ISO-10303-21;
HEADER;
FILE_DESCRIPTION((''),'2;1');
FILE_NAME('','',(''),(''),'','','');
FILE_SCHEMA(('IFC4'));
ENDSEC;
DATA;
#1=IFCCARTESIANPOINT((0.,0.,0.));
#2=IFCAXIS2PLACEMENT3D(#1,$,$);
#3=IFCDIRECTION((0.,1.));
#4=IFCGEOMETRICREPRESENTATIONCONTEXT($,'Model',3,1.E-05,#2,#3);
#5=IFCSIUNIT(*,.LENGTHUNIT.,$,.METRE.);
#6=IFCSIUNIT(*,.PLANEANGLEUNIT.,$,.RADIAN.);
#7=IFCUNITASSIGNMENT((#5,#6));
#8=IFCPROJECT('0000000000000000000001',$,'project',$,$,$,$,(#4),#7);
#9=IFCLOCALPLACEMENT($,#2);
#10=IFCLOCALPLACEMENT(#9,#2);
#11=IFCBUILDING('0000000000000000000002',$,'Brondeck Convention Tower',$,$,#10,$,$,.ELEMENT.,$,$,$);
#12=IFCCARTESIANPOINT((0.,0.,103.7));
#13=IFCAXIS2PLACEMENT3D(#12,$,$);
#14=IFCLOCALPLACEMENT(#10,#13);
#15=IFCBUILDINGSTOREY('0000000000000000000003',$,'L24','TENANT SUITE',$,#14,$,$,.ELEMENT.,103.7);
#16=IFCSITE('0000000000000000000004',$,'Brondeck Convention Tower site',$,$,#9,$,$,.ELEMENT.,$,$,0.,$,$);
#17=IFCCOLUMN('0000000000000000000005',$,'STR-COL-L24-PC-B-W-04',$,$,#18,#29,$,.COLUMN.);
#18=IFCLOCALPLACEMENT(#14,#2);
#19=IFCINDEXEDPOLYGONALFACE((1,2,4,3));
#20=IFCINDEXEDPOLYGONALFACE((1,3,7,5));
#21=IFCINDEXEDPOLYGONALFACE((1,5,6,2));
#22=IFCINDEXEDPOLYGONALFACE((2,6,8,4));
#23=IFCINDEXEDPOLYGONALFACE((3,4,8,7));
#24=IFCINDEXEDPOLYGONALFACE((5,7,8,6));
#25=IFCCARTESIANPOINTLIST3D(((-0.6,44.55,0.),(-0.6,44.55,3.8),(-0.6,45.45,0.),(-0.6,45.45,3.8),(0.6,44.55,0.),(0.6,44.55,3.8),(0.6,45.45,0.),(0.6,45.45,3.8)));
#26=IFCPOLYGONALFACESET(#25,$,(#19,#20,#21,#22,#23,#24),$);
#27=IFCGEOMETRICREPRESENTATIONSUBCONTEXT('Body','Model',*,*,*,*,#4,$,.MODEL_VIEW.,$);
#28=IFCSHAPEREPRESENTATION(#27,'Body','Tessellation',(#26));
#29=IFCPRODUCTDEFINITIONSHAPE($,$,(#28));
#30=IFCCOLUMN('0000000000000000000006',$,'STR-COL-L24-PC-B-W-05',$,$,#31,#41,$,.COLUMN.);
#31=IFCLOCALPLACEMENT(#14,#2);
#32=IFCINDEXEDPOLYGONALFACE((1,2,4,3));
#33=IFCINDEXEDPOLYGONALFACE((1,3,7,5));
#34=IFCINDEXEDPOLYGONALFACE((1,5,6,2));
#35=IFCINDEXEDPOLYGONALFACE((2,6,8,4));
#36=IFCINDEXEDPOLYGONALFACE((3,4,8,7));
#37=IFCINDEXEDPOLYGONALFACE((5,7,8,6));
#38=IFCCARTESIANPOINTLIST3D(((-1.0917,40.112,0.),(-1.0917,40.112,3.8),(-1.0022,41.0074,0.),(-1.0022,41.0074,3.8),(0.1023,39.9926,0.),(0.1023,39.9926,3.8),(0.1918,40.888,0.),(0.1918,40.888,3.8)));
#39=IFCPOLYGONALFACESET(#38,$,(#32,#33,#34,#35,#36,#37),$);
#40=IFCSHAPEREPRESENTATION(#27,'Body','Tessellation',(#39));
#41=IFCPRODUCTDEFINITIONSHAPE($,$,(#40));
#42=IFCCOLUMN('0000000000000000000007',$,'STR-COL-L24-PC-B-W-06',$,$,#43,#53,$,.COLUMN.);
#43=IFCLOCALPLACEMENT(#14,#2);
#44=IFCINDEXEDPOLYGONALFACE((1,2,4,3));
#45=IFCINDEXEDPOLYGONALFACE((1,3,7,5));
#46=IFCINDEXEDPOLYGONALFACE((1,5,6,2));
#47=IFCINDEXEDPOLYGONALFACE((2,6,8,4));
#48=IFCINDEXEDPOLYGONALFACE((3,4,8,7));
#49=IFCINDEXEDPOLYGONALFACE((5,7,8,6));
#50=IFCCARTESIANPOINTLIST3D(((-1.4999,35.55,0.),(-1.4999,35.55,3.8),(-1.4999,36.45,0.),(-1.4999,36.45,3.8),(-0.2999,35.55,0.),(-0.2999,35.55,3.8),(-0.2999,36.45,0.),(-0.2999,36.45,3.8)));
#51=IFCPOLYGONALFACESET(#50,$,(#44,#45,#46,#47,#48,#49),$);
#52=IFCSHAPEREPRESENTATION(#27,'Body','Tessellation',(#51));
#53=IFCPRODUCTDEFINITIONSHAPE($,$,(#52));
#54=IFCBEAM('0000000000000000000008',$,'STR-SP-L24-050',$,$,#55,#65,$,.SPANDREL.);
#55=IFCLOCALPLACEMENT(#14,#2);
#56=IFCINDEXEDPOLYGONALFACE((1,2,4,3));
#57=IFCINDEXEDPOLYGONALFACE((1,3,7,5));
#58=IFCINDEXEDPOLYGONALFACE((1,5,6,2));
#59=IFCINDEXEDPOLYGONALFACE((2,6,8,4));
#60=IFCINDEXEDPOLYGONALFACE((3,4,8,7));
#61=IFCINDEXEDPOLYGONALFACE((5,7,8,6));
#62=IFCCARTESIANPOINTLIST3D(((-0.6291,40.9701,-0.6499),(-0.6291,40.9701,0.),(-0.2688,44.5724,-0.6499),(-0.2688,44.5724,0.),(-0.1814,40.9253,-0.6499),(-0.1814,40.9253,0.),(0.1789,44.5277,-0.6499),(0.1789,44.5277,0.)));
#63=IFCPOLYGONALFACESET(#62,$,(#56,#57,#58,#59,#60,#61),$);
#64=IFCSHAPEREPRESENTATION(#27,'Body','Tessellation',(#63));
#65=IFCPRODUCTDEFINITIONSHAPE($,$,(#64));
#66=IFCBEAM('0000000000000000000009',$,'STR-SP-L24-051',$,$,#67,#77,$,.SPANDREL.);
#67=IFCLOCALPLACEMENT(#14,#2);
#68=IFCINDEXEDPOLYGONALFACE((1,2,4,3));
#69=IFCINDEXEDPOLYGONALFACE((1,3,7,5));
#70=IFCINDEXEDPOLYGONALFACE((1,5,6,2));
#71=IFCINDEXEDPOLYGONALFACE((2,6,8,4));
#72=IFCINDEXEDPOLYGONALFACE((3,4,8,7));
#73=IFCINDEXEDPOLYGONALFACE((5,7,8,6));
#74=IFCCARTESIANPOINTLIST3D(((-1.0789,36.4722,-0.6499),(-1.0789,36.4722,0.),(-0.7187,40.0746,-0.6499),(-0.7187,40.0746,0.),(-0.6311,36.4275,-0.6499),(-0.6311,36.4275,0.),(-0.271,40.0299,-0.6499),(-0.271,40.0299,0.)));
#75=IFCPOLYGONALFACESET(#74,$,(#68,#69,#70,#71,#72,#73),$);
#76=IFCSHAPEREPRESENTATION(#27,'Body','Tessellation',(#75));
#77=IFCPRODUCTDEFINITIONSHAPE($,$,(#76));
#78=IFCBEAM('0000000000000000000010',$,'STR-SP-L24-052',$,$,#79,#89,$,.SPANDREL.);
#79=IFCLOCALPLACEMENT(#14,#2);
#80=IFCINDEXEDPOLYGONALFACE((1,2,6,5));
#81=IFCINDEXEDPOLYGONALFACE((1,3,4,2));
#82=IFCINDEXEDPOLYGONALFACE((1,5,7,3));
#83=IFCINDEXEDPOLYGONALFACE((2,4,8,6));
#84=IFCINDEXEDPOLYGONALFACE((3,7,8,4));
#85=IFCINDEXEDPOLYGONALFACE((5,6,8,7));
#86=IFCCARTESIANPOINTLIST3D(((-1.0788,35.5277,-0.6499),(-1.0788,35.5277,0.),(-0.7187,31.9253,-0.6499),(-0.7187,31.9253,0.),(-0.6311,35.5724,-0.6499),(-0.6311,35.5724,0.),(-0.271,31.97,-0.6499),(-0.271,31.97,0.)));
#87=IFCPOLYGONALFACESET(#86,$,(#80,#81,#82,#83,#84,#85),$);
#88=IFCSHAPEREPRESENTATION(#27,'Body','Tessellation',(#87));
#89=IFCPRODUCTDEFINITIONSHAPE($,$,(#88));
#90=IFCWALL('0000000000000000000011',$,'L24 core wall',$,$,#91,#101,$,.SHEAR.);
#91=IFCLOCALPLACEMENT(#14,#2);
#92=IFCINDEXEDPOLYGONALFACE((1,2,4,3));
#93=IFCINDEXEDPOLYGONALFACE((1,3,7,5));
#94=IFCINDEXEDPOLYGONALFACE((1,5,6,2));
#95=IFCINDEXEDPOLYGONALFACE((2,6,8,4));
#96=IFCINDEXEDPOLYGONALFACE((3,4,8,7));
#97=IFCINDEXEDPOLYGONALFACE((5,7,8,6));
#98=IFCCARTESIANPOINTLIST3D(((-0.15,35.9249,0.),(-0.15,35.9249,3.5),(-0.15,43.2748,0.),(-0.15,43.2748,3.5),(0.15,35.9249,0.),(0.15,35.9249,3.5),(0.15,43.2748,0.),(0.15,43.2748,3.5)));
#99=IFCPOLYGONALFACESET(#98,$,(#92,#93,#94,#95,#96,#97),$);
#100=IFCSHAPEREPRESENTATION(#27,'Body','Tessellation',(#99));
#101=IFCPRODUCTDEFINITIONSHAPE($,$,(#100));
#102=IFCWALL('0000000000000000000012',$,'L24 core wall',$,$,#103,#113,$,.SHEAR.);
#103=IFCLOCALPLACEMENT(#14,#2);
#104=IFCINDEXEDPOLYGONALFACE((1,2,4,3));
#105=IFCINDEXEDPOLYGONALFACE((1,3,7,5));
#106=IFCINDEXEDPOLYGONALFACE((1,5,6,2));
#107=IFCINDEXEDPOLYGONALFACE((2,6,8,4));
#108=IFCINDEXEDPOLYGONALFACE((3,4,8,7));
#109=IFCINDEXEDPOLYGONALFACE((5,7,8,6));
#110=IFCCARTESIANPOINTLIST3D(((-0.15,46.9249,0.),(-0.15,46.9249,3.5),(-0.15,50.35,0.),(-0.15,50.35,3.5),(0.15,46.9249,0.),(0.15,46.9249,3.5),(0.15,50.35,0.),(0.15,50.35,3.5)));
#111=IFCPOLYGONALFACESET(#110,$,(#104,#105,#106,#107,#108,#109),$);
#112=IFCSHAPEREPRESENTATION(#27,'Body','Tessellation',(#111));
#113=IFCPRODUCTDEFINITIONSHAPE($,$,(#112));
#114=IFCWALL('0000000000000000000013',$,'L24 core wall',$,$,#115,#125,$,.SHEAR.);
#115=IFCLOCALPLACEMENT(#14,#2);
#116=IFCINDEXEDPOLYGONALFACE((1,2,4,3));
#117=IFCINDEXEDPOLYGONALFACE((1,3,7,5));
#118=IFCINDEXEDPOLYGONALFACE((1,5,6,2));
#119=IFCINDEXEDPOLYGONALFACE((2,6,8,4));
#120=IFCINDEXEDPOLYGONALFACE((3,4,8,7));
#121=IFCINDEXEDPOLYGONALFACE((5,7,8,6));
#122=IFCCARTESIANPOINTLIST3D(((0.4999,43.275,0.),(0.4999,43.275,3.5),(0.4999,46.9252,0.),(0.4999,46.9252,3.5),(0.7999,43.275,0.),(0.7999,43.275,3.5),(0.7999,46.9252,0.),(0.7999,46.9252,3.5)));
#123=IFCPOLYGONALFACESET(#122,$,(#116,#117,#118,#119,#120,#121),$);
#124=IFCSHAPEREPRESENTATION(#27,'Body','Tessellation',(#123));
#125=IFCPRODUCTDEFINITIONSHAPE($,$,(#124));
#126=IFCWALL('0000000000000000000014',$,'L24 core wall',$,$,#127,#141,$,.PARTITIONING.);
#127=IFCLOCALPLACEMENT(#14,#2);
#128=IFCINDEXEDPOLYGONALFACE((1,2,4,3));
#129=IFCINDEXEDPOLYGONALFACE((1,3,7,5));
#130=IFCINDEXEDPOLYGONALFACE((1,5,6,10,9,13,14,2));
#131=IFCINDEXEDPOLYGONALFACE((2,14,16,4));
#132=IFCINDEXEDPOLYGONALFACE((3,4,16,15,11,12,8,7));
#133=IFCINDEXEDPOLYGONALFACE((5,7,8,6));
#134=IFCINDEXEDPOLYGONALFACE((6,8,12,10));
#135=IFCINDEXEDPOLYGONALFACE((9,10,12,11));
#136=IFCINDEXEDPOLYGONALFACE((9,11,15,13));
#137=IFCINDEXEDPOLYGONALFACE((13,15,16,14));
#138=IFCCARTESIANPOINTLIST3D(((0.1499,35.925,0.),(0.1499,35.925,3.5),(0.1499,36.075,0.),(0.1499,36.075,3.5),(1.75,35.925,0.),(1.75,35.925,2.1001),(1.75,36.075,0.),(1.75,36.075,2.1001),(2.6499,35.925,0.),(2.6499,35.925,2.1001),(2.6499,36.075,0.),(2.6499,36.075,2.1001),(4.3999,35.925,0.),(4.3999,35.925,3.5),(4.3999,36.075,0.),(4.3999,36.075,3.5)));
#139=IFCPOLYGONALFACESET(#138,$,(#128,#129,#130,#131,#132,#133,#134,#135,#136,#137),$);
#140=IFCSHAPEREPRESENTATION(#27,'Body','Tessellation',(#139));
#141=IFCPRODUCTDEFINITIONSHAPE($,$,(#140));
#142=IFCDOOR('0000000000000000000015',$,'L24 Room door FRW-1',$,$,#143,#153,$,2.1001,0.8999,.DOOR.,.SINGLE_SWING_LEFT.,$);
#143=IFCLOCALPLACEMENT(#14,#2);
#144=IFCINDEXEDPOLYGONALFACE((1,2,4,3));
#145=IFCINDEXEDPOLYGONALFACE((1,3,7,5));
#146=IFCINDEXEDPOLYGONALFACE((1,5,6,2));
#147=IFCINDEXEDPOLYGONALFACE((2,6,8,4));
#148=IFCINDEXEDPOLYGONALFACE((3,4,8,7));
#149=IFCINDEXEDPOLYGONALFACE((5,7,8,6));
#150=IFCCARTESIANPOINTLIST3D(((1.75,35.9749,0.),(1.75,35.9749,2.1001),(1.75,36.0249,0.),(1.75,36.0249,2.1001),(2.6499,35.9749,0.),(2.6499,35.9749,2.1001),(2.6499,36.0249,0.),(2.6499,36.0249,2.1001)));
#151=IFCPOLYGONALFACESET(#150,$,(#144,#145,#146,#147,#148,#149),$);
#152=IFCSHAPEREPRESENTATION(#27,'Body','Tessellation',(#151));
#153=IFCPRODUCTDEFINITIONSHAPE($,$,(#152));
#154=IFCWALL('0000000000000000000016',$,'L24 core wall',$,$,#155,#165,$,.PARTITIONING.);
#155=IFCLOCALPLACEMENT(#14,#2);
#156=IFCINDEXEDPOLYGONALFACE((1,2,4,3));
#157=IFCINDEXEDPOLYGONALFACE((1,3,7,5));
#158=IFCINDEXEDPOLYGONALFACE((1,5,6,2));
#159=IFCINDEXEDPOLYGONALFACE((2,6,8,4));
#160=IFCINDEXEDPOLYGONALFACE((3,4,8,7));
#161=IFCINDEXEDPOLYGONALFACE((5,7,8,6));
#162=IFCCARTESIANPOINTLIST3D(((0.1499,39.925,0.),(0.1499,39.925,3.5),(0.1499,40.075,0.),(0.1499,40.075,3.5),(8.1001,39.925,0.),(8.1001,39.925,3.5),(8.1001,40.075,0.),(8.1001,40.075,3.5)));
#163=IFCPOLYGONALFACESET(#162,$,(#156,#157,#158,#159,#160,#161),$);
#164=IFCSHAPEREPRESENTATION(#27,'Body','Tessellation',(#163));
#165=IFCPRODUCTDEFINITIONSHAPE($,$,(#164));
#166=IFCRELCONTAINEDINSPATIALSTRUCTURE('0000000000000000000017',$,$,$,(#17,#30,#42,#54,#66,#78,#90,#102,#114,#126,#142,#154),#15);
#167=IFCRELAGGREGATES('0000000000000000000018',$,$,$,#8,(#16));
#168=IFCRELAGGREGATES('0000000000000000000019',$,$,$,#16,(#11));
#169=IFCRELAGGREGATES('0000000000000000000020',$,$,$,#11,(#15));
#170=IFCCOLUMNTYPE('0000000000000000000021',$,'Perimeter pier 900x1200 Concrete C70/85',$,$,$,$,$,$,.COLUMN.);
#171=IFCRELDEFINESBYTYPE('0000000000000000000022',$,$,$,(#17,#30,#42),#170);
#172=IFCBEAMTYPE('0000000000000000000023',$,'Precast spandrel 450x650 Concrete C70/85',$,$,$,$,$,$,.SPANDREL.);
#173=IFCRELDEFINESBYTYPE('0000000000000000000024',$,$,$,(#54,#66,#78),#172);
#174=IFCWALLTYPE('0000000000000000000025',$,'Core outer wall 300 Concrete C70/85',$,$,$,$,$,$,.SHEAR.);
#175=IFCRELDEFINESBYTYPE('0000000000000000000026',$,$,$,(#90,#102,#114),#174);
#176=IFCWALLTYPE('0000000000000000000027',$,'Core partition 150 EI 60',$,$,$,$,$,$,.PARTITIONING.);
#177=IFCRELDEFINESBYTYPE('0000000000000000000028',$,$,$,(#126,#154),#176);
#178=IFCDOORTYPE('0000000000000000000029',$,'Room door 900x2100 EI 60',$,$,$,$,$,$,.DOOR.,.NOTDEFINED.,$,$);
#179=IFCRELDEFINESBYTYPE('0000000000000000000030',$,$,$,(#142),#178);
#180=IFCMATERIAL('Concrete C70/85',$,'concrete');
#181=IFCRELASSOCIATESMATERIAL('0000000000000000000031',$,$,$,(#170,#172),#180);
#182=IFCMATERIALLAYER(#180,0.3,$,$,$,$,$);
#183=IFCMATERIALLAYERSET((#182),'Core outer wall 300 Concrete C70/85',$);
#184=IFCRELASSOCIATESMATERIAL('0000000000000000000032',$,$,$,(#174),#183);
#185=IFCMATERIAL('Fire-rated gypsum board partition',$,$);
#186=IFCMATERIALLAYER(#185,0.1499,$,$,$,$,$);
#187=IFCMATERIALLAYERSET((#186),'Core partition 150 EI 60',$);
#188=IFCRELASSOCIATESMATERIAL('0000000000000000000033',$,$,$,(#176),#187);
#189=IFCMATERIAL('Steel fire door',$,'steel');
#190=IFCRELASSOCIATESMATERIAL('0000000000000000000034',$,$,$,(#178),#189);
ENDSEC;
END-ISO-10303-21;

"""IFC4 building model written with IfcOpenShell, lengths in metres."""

from ifc_helpers import new_model, si_unit, direction, frame, frame_2d, origin, origin_2d, place, context, subcontext, project, spatial, rectangle, extrude, material, layer, layer_set, material_profile, profile_set, type_object, element, fill, save


model = new_model("IFC4")

# Units and contexts
model_context = context("Model", 3, precision=1e-05, world=origin(), true_north=direction((0.0, 1.0)))
body_context = subcontext(model_context, "Body", "Model", "MODEL_VIEW")
ifc_project = project(units=[si_unit("LENGTHUNIT", "METRE"), si_unit("PLANEANGLEUNIT", "RADIAN")], contexts=[model_context])

# Site, building, storey
site_placement = place(None, origin())
site = spatial("IfcSite", under=ifc_project, at=site_placement, Name="Brondeck Convention Tower site", CompositionType="ELEMENT", RefElevation=0.0)
building_placement = place(site_placement, origin())
building = spatial("IfcBuilding", under=site, at=building_placement, Name="Brondeck Convention Tower", CompositionType="ELEMENT")
storey_placement = place(building_placement, frame((0.0, 0.0, 103.7)))
storey = spatial("IfcBuildingStorey", under=building, at=storey_placement, Name="L24", Description="TENANT SUITE", CompositionType="ELEMENT", Elevation=103.7)

# Columns
ifc_material_1 = material(Name="Concrete C70/85", Category="concrete")
ifc_material_profile_1 = material_profile(ifc_material_1, rectangle(XDim=0.8999, YDim=1.2, at=origin_2d()), Name="Perimeter pier 900x1200 Concrete C70/85")
ifc_profile_set_1 = profile_set([ifc_material_profile_1], Name="Concrete C70/85")
column_type = type_object("IfcColumnType", Name="Perimeter pier 900x1200 Concrete C70/85", PredefinedType="COLUMN", material=ifc_profile_set_1)
for number, where, z_axis, x_axis, name in (
    (1, (0.0, 45.0, 0.0), (0.0, 0.0, 1.0), (0.0, -1.0, 0.0), "STR-COL-L24-PC-B-W-04"),
    (2, (-0.45, 40.5, 0.0), (0.0, 0.0, 1.0), (-0.099504, -0.995037, 0.0), "STR-COL-L24-PC-B-W-05"),
    (3, (-0.8999, 36.0, 0.0), (0.0, 0.0, 1.0), (0.0, -1.0, 0.0), "STR-COL-L24-PC-B-W-06"),
):
    element("IfcColumn", number, at=place(storey_placement, frame(where, z_axis=z_axis, x_axis=x_axis)), inside=storey, type_object=column_type, Name=name, PredefinedType="COLUMN", context=body_context, shape_type="SweptSolid", body=[
        extrude(rectangle(XDim=0.8999, YDim=1.2, at=origin_2d()), origin(), (0.0, 0.0, 1.0), 3.8),
    ])

# Beams
ifc_material_profile_2 = material_profile(ifc_material_1, rectangle(XDim=0.45, YDim=0.6499, at=origin_2d()), Name="Precast spandrel 450x650 Concrete C70/85")
ifc_profile_set_2 = profile_set([ifc_material_profile_2], Name="Concrete C70/85")
beam_type = type_object("IfcBeamType", Name="Precast spandrel 450x650 Concrete C70/85", PredefinedType="SPANDREL", material=ifc_profile_set_2)
for number, where, z_axis, x_axis, name in (
    (4, (-0.0449, 44.55, -0.325), (-0.099537, -0.995034, 0.0), (0.995034, -0.099537, 0.0), "STR-SP-L24-050"),
    (5, (-0.4949, 40.0522, -0.325), (-0.09947, -0.995041, 0.0), (0.995041, -0.09947, 0.0), "STR-SP-L24-051"),
    (6, (-0.855, 35.55, -0.325), (0.09947, -0.995041, 0.0), (0.995041, 0.09947, 0.0), "STR-SP-L24-052"),
):
    element("IfcBeam", number, at=place(storey_placement, frame(where, z_axis=z_axis, x_axis=x_axis)), inside=storey, type_object=beam_type, Name=name, PredefinedType="SPANDREL", context=body_context, shape_type="SweptSolid", body=[
        extrude(rectangle(XDim=0.45, YDim=0.6499, at=origin_2d()), origin(), (0.0, 0.0, 1.0), 3.6204),
    ])

# Walls
ifc_layer_1 = layer(ifc_material_1, 0.3)
ifc_layer_set_1 = layer_set([ifc_layer_1], Name="Core outer wall 300 Concrete C70/85")
wall_type_1 = type_object("IfcWallType", Name="Core outer wall 300 Concrete C70/85", PredefinedType="SHEAR", material=ifc_layer_set_1)
wall_1_placement = place(storey_placement, frame((0.0, 35.925, 0.0), z_axis=(0.0, 0.0, 1.0), x_axis=(0.0, 1.0, 0.0)))
element("IfcWall", 7, at=wall_1_placement, inside=storey, type_object=wall_type_1, Name="L24 core wall", PredefinedType="SHEAR", context=body_context, shape_type="SweptSolid", body=[
    extrude(rectangle(XDim=7.3499, YDim=0.3, at=frame_2d((3.6748, 0.0))), origin(), (0.0, 0.0, 1.0), 3.5),
])
wall_2_placement = place(storey_placement, frame((0.0, 46.925, 0.0), z_axis=(0.0, 0.0, 1.0), x_axis=(0.0, 1.0, 0.0)))
element("IfcWall", 8, at=wall_2_placement, inside=storey, type_object=wall_type_1, Name="L24 core wall", PredefinedType="SHEAR", context=body_context, shape_type="SweptSolid", body=[
    extrude(rectangle(XDim=3.425, YDim=0.3, at=frame_2d((1.7124, 0.0))), origin(), (0.0, 0.0, 1.0), 3.5),
])
wall_3_placement = place(storey_placement, frame((0.6499, 43.2749, 0.0), z_axis=(0.0, 0.0, 1.0), x_axis=(0.0, 1.0, 0.0)))
element("IfcWall", 9, at=wall_3_placement, inside=storey, type_object=wall_type_1, Name="L24 core wall", PredefinedType="SHEAR", context=body_context, shape_type="SweptSolid", body=[
    extrude(rectangle(XDim=3.6501, YDim=0.3, at=frame_2d((1.8252, 0.0))), origin(), (0.0, 0.0, 1.0), 3.5),
])

# Wall, opening, door
ifc_material_2 = material(Name="Fire-rated gypsum board partition")
ifc_layer_2 = layer(ifc_material_2, 0.1499)
ifc_layer_set_2 = layer_set([ifc_layer_2], Name="Core partition 150 EI 60")
wall_type_2 = type_object("IfcWallType", Name="Core partition 150 EI 60", PredefinedType="PARTITIONING", material=ifc_layer_set_2)
wall_4_placement = place(storey_placement, frame((0.1499, 36.0, 0.0), z_axis=(0.0, 0.0, 1.0), x_axis=(1.0, 0.0, 0.0)))
wall_4 = element("IfcWall", 10, at=wall_4_placement, inside=storey, type_object=wall_type_2, Name="L24 core wall", PredefinedType="PARTITIONING", context=body_context, shape_type="SweptSolid", body=[
    extrude(rectangle(XDim=4.25, YDim=0.1499, at=frame_2d((2.125, 0.0))), origin(), (0.0, 0.0, 1.0), 3.5),
])
opening_1_placement = place(wall_4_placement, frame((1.6001, 0.0, 0.0)))
opening_1 = element("IfcOpeningElement", 11, at=opening_1_placement, cuts=wall_4, PredefinedType="OPENING", context=body_context, shape_type="SweptSolid", body=[
    extrude(rectangle(XDim=0.8999, YDim=2.1001, at=frame_2d((0.45, 1.05))), frame((0.0, 0.085, 0.0), z_axis=(0.0, -1.0, 0.0), x_axis=(1.0, 0.0, 0.0)), (0.0, 0.0, 1.0), 0.1699),
])
ifc_material_3 = material(Name="Steel fire door", Category="steel")
door_type_1 = type_object("IfcDoorType", Name="Room door 900x2100 EI 60", OperationType="NOTDEFINED", PredefinedType="DOOR", material=ifc_material_3)
door_1_placement = place(opening_1_placement, origin())
door_1 = element("IfcDoor", 12, at=door_1_placement, inside=storey, type_object=door_type_1, Name="L24 Room door FRW-1", OperationType="SINGLE_SWING_LEFT", OverallHeight=2.1001, OverallWidth=0.8999, PredefinedType="DOOR", context=body_context, shape_type="SweptSolid", body=[
    extrude(rectangle(XDim=0.8999, YDim=2.1001, at=frame_2d((0.45, 1.05))), frame((0.0, 0.0249, 0.0), z_axis=(0.0, -1.0, 0.0), x_axis=(1.0, 0.0, 0.0)), (0.0, 0.0, 1.0), 0.05),
])
fill(opening_1, door_1)

# Wall
wall_5_placement = place(storey_placement, frame((0.1499, 40.0, 0.0), z_axis=(0.0, 0.0, 1.0), x_axis=(1.0, 0.0, 0.0)))
element("IfcWall", 13, at=wall_5_placement, inside=storey, type_object=wall_type_2, Name="L24 core wall", PredefinedType="PARTITIONING", context=body_context, shape_type="SweptSolid", body=[
    extrude(rectangle(XDim=7.9502, YDim=0.1499, at=frame_2d((3.9751, 0.0))), origin(), (0.0, 0.0, 1.0), 3.5),
])

save(model, "model.ifc")
